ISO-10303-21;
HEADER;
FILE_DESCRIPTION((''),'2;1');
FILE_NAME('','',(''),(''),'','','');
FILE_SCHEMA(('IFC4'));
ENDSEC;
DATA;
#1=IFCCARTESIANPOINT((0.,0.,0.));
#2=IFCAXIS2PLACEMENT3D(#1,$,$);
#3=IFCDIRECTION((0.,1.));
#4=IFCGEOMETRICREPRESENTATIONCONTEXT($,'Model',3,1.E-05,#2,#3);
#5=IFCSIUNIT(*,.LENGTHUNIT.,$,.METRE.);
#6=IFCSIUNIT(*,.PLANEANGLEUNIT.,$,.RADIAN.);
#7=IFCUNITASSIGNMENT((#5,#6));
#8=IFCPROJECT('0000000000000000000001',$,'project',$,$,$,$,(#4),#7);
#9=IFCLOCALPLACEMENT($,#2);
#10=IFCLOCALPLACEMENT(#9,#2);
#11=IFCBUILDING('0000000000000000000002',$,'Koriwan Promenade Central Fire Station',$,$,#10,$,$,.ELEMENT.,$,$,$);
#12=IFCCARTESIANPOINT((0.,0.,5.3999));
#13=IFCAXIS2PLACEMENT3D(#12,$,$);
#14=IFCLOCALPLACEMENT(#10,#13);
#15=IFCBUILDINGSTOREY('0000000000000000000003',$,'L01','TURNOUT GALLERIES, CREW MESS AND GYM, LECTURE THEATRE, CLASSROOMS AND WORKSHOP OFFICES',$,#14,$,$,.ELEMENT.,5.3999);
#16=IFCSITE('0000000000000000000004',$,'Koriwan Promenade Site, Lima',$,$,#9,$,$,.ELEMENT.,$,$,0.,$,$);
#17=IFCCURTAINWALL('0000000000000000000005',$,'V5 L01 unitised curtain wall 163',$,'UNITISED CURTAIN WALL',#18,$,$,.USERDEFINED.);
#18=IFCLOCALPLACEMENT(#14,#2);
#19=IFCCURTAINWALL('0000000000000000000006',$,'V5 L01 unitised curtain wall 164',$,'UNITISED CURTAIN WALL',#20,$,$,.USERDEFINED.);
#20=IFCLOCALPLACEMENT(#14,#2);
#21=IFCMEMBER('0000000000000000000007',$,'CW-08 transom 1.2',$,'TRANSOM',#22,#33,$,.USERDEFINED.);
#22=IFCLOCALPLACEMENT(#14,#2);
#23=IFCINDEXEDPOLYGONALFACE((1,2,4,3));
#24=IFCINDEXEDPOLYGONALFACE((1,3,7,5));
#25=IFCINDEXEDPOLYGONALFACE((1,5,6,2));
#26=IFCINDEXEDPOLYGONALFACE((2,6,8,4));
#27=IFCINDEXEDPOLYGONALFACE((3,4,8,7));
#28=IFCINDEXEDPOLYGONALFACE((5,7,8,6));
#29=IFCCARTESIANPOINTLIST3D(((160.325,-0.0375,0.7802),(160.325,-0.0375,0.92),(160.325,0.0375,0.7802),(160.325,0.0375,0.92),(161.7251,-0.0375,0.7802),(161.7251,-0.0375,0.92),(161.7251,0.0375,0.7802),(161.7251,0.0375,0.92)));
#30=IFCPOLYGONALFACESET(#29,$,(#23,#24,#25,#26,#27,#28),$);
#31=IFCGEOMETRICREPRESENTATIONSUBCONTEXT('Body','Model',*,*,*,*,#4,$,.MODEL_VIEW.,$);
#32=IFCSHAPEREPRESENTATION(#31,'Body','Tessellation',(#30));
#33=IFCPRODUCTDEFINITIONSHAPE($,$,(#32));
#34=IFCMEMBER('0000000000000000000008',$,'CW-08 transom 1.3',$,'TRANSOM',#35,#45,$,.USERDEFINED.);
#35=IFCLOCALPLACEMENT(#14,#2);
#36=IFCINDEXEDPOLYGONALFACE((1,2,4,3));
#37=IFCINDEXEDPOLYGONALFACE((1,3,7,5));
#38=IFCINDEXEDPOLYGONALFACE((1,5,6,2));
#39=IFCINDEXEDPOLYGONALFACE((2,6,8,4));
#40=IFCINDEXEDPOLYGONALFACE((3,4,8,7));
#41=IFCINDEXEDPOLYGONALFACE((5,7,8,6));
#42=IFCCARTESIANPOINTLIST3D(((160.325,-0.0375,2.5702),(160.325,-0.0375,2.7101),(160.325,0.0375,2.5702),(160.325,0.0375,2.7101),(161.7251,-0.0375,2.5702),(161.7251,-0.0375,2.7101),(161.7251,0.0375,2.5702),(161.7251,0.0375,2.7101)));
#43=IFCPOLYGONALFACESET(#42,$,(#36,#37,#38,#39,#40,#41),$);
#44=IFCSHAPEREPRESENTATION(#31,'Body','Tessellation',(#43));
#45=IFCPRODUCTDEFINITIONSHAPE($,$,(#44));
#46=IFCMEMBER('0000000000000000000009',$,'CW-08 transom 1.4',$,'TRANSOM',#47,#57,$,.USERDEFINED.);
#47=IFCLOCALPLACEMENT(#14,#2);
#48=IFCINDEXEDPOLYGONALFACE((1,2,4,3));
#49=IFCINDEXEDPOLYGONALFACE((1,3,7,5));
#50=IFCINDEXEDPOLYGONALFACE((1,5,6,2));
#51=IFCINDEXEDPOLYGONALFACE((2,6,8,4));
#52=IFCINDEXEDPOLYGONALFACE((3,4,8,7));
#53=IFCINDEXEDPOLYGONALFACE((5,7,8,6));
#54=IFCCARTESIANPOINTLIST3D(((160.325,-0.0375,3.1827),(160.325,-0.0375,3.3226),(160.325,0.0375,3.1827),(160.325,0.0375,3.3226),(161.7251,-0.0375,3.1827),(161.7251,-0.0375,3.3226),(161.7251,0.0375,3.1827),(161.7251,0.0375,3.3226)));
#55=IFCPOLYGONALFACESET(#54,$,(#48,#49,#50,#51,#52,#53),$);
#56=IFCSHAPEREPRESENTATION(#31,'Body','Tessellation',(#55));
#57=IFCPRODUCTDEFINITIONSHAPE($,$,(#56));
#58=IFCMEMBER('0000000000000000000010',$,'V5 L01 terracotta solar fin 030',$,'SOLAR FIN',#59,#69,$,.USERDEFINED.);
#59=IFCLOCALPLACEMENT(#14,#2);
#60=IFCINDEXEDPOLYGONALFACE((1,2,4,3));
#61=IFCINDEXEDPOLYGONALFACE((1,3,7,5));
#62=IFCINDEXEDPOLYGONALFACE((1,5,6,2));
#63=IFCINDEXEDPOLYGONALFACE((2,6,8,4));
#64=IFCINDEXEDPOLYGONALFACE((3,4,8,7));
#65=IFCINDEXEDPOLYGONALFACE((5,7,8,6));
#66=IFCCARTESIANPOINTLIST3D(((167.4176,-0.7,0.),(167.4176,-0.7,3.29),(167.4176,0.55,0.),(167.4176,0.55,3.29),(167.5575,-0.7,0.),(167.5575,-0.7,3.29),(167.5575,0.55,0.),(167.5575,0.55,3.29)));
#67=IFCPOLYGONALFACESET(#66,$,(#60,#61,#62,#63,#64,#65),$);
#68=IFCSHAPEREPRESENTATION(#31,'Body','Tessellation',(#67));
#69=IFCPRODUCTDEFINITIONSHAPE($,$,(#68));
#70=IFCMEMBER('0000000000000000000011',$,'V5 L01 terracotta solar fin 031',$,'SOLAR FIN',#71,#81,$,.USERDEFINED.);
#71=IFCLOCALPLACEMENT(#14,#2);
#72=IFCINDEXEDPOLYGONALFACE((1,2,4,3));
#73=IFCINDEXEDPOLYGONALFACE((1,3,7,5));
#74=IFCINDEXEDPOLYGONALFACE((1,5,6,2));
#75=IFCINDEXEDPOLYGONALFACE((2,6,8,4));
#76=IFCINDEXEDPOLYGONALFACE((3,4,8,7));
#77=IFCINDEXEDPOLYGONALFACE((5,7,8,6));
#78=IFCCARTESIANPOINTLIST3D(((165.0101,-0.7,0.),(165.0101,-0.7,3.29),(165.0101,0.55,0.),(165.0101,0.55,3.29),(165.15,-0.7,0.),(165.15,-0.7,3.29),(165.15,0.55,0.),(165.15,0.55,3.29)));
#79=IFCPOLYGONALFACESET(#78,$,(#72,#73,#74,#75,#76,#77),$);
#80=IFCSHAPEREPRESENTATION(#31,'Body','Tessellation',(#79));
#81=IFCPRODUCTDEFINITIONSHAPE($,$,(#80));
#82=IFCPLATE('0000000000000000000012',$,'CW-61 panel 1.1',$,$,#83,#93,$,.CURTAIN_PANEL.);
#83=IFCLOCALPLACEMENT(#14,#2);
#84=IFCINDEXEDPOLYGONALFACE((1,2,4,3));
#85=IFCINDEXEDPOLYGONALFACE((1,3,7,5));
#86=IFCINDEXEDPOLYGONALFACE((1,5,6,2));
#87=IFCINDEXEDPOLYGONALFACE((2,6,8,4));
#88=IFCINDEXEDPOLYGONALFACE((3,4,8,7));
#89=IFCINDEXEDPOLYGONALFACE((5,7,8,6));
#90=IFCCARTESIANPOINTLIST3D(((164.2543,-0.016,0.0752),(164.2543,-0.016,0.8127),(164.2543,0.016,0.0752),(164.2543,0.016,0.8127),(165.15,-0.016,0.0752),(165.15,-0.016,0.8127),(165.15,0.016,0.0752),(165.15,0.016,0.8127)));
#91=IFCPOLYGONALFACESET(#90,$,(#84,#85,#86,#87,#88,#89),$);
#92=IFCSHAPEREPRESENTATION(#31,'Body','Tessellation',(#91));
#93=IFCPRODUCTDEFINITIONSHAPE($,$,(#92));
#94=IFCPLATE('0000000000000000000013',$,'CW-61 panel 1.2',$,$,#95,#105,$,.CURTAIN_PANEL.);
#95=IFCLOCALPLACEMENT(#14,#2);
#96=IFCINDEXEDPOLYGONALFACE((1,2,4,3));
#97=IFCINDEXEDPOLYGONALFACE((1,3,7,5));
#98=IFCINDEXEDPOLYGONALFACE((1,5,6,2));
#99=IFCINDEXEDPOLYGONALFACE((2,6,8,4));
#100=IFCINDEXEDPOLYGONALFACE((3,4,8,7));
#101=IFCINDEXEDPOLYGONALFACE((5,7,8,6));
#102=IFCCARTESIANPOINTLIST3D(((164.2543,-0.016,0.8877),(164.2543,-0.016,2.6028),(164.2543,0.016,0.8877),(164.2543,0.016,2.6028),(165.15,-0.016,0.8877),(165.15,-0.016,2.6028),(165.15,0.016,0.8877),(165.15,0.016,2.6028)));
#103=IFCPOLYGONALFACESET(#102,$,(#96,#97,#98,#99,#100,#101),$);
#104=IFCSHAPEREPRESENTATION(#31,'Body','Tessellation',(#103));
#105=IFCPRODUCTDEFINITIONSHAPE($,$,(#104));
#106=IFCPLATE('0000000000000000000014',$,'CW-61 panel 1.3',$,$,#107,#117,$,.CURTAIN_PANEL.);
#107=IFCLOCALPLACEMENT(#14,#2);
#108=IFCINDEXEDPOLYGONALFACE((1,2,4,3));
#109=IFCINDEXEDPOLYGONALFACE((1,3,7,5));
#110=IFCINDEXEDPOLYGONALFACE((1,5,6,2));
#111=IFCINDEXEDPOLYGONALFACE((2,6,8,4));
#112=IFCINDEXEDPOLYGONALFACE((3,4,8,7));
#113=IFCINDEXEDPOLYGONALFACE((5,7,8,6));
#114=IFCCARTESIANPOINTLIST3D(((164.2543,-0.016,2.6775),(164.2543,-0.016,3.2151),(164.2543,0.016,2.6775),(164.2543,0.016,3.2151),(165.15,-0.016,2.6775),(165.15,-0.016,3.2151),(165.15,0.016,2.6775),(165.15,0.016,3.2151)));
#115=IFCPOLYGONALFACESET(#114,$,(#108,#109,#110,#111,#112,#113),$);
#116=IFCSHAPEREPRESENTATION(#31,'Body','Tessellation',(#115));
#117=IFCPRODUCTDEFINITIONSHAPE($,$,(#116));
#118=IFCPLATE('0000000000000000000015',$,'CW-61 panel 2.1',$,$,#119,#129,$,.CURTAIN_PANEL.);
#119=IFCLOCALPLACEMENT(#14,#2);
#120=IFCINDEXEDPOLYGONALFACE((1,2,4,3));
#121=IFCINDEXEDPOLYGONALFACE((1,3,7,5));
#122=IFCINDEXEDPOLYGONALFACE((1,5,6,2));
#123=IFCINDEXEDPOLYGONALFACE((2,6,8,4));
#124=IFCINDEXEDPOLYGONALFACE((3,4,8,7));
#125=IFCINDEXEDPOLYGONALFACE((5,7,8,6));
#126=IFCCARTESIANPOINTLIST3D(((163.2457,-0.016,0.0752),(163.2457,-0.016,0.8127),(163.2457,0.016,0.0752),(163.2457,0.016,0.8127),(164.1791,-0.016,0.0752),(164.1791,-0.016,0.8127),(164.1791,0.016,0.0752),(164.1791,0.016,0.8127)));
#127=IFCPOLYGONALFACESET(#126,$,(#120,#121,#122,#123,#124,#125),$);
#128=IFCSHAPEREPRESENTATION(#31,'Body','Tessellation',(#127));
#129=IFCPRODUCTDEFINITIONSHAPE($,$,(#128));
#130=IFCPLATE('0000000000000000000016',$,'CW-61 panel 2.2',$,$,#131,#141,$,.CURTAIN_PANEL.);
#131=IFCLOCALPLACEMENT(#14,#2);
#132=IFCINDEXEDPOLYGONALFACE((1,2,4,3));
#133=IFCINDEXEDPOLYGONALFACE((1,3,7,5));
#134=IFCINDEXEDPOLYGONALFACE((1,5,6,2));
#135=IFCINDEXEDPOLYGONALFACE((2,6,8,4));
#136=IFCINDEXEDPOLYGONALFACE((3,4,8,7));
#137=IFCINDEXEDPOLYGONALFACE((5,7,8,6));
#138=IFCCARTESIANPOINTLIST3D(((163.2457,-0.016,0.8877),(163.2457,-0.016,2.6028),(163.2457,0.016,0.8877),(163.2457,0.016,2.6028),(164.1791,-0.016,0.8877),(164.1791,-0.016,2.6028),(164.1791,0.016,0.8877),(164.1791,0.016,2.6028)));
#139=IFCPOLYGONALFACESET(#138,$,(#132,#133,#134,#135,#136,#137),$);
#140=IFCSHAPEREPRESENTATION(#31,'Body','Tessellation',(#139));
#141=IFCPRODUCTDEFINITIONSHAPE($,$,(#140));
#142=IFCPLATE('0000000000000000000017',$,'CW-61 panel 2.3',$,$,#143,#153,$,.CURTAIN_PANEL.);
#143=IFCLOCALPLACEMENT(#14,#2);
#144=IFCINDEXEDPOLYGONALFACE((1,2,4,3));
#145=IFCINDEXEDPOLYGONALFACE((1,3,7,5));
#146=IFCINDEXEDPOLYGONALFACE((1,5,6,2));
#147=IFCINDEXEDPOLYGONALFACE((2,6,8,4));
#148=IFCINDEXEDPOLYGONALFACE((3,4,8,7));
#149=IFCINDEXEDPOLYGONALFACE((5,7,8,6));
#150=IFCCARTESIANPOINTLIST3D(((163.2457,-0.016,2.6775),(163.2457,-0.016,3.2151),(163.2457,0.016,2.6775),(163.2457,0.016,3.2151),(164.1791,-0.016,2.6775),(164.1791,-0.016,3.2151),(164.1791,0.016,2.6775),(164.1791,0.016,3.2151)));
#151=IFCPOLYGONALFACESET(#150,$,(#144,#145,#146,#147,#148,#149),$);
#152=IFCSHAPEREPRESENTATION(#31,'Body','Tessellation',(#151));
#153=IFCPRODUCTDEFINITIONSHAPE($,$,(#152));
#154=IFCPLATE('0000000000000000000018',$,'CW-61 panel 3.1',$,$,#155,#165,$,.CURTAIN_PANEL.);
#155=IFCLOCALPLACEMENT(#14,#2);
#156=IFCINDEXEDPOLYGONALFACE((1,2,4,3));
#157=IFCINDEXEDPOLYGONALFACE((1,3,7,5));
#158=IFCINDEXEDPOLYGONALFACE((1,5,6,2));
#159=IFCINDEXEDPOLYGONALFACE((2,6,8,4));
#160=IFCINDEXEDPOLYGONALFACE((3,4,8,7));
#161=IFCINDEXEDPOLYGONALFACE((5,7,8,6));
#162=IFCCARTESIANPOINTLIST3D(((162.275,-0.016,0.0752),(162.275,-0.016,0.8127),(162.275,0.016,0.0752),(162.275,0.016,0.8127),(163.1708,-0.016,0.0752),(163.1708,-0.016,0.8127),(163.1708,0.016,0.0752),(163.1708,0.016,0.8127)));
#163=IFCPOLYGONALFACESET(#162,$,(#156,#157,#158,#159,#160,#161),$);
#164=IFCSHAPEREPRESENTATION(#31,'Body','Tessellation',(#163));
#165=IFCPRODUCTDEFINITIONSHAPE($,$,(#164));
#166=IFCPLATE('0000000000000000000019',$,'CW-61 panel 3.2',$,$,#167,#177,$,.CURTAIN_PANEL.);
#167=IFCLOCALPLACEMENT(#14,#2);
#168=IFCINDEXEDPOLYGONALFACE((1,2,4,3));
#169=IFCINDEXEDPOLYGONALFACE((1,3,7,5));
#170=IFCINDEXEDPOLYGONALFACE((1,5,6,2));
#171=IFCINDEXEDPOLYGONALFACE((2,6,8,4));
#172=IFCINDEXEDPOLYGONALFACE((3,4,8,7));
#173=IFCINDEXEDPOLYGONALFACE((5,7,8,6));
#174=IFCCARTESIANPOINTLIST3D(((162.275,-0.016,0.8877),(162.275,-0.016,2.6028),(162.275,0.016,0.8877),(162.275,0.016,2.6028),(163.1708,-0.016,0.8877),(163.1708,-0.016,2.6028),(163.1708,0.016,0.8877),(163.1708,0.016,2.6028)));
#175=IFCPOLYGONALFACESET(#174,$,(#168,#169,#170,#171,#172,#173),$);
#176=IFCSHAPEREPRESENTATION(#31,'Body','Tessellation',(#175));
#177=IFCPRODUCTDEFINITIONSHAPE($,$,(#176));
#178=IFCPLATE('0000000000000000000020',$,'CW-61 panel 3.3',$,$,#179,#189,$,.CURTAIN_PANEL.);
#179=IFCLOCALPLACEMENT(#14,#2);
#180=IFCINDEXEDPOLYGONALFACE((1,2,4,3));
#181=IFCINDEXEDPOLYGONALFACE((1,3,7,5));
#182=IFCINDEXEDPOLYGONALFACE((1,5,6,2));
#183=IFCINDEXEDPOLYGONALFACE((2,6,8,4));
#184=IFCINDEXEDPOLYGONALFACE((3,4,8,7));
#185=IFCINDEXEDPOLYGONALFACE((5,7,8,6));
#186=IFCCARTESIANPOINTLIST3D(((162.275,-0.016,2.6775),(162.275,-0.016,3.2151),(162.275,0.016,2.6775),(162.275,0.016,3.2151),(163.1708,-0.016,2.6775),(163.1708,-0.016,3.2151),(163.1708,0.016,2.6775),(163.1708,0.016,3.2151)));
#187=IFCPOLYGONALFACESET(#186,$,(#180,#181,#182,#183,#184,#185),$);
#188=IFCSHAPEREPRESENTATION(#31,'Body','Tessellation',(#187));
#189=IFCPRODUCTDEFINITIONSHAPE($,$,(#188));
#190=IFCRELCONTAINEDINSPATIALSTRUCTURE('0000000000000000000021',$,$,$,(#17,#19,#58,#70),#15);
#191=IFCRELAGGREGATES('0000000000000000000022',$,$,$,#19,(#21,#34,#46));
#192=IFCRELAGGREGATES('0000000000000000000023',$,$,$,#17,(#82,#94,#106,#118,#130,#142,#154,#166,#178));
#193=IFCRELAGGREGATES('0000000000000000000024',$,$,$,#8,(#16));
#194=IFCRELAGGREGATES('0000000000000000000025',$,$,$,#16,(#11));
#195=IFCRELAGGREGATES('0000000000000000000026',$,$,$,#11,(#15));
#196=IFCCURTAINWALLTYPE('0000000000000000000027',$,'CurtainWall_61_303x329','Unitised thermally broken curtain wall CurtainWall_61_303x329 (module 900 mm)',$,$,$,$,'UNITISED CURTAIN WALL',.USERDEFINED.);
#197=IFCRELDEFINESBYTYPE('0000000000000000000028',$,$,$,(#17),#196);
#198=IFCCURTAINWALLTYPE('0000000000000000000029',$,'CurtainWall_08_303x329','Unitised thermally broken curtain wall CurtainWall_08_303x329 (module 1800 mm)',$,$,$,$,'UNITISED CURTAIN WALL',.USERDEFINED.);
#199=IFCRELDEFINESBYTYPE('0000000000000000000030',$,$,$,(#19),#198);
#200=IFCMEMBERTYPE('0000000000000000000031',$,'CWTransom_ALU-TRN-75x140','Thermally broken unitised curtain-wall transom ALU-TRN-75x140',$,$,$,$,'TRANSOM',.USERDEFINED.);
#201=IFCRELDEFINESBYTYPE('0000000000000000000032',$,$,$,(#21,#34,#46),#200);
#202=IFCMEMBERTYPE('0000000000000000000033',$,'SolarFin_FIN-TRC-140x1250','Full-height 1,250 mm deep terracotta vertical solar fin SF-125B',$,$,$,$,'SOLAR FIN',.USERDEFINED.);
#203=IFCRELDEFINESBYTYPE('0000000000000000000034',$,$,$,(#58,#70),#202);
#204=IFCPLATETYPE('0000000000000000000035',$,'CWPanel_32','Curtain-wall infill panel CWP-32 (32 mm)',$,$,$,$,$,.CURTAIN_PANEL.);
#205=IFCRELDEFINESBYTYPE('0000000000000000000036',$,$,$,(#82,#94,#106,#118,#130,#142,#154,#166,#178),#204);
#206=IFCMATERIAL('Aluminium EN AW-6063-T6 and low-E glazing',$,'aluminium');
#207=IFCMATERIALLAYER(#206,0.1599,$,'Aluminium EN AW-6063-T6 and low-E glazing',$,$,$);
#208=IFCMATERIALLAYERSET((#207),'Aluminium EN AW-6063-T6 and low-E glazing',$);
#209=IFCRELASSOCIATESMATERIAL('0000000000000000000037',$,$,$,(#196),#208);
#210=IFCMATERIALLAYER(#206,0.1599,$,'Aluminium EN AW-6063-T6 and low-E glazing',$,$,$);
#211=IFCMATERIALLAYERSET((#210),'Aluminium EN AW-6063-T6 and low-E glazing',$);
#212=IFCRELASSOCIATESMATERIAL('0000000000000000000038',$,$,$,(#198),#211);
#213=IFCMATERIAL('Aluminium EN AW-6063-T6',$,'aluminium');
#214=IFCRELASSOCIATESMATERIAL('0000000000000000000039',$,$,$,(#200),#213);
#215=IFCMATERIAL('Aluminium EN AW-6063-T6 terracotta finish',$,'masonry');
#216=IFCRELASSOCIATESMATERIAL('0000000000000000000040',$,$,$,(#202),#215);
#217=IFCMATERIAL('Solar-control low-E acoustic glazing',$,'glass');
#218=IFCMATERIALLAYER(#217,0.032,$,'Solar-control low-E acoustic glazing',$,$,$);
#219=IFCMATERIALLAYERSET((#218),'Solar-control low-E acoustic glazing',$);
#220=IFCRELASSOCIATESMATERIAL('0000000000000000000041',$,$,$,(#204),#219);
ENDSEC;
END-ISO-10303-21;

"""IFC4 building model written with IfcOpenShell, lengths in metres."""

from ifc_helpers import new_model, si_unit, direction, frame, origin, origin_2d, place, context, subcontext, project, spatial, rectangle, extrude, material, layer, layer_set, material_profile, profile_set, type_object, element, aggregate, save


model = new_model("IFC4")

# Units and contexts
model_context = context("Model", 3, precision=1e-05, world=origin(), true_north=direction((0.0, 1.0)))
body_context = subcontext(model_context, "Body", "Model", "MODEL_VIEW")
ifc_project = project(units=[si_unit("LENGTHUNIT", "METRE"), si_unit("PLANEANGLEUNIT", "RADIAN")], contexts=[model_context])

# Site, building, storey
site_placement = place(None, origin())
site = spatial("IfcSite", under=ifc_project, at=site_placement, Name="Koriwan Promenade Site, Lima", CompositionType="ELEMENT", RefElevation=0.0)
building_placement = place(site_placement, origin())
building = spatial("IfcBuilding", under=site, at=building_placement, Name="Koriwan Promenade Central Fire Station", CompositionType="ELEMENT")
storey_placement = place(building_placement, frame((0.0, 0.0, 5.3999)))
storey = spatial("IfcBuildingStorey", under=building, at=storey_placement, Name="L01", Description="TURNOUT GALLERIES, CREW MESS AND GYM, LECTURE THEATRE, CLASSROOMS AND WORKSHOP OFFICES", CompositionType="ELEMENT", Elevation=5.3999)

# Curtain wall
ifc_material_1 = material(Name="Aluminium EN AW-6063-T6 and low-E glazing", Category="aluminium")
ifc_layer_1 = layer(ifc_material_1, 0.1599, Name="Aluminium EN AW-6063-T6 and low-E glazing")
ifc_layer_set_1 = layer_set([ifc_layer_1], Name="Aluminium EN AW-6063-T6 and low-E glazing")
curtain_wall_type_1 = type_object("IfcCurtainWallType", Name="CurtainWall_61_303x329", Description="Unitised thermally broken curtain wall CurtainWall_61_303x329 (module 900 mm)", ElementType="UNITISED CURTAIN WALL", PredefinedType="USERDEFINED", material=ifc_layer_set_1)
curtain_wall_1_placement = place(storey_placement, origin())
curtain_wall_1 = element("IfcCurtainWall", 1, at=curtain_wall_1_placement, inside=storey, type_object=curtain_wall_type_1, Name="V5 L01 unitised curtain wall 163", ObjectType="UNITISED CURTAIN WALL", PredefinedType="USERDEFINED")
ifc_material_2 = material(Name="Aluminium EN AW-6063-T6", Category="aluminium")

# Curtain wall
ifc_layer_2 = layer(ifc_material_1, 0.1599, Name="Aluminium EN AW-6063-T6 and low-E glazing")
ifc_layer_set_2 = layer_set([ifc_layer_2], Name="Aluminium EN AW-6063-T6 and low-E glazing")
curtain_wall_type_2 = type_object("IfcCurtainWallType", Name="CurtainWall_08_303x329", Description="Unitised thermally broken curtain wall CurtainWall_08_303x329 (module 1800 mm)", ElementType="UNITISED CURTAIN WALL", PredefinedType="USERDEFINED", material=ifc_layer_set_2)
curtain_wall_2_placement = place(storey_placement, origin())
curtain_wall_2 = element("IfcCurtainWall", 2, at=curtain_wall_2_placement, inside=storey, type_object=curtain_wall_type_2, Name="V5 L01 unitised curtain wall 164", ObjectType="UNITISED CURTAIN WALL", PredefinedType="USERDEFINED")

# Members
ifc_material_profile_1 = material_profile(ifc_material_2, rectangle(XDim=0.075, YDim=0.1399, at=origin_2d()), Name="ALU-TRN-75x140")
ifc_profile_set_1 = profile_set([ifc_material_profile_1], Name="Aluminium EN AW-6063-T6")
member_type_1 = type_object("IfcMemberType", Name="CWTransom_ALU-TRN-75x140", Description="Thermally broken unitised curtain-wall transom ALU-TRN-75x140", ElementType="TRANSOM", PredefinedType="USERDEFINED", material=ifc_profile_set_1)
member_1_placement = place(storey_placement, frame((161.7251, 0.0, 0.8501), z_axis=(-1.0, 0.0, 0.0), x_axis=(0.0, -1.0, 0.0)))
member_1 = element("IfcMember", 3, at=member_1_placement, type_object=member_type_1, Name="CW-08 transom 1.2", ObjectType="TRANSOM", PredefinedType="USERDEFINED", context=body_context, shape_type="SweptSolid", body=[
    extrude(rectangle(XDim=0.075, YDim=0.1399, at=origin_2d()), origin(), (0.0, 0.0, 1.0), 1.4001),
])
member_2_placement = place(storey_placement, frame((161.7251, 0.0, 2.6401), z_axis=(-1.0, 0.0, 0.0), x_axis=(0.0, -1.0, 0.0)))
member_2 = element("IfcMember", 4, at=member_2_placement, type_object=member_type_1, Name="CW-08 transom 1.3", ObjectType="TRANSOM", PredefinedType="USERDEFINED", context=body_context, shape_type="SweptSolid", body=[
    extrude(rectangle(XDim=0.075, YDim=0.1399, at=origin_2d()), origin(), (0.0, 0.0, 1.0), 1.4001),
])
member_3_placement = place(storey_placement, frame((161.7251, 0.0, 3.2527), z_axis=(-1.0, 0.0, 0.0), x_axis=(0.0, -1.0, 0.0)))
member_3 = element("IfcMember", 5, at=member_3_placement, type_object=member_type_1, Name="CW-08 transom 1.4", ObjectType="TRANSOM", PredefinedType="USERDEFINED", context=body_context, shape_type="SweptSolid", body=[
    extrude(rectangle(XDim=0.075, YDim=0.1399, at=origin_2d()), origin(), (0.0, 0.0, 1.0), 1.4001),
])
aggregate(curtain_wall_2, [member_1, member_2, member_3])

# Members
ifc_material_3 = material(Name="Aluminium EN AW-6063-T6 terracotta finish", Category="masonry")
ifc_material_profile_2 = material_profile(ifc_material_3, rectangle(XDim=0.1399, YDim=1.25, at=origin_2d()), Name="FIN-TRC-140x1250")
ifc_profile_set_2 = profile_set([ifc_material_profile_2], Name="Aluminium EN AW-6063-T6 terracotta finish")
member_type_2 = type_object("IfcMemberType", Name="SolarFin_FIN-TRC-140x1250", Description="Full-height 1,250 mm deep terracotta vertical solar fin SF-125B", ElementType="SOLAR FIN", PredefinedType="USERDEFINED", material=ifc_profile_set_2)
for number, where, z_axis, x_axis, name in (
    (6, (167.4875, -0.075, 0.0), (0.0, 0.0, 1.0), (-1.0, 0.0, 0.0), "V5 L01 terracotta solar fin 030"),
    (7, (165.0801, -0.075, 0.0), (0.0, 0.0, 1.0), (-1.0, 0.0, 0.0), "V5 L01 terracotta solar fin 031"),
):
    element("IfcMember", number, at=place(storey_placement, frame(where, z_axis=z_axis, x_axis=x_axis)), inside=storey, type_object=member_type_2, Name=name, ObjectType="SOLAR FIN", PredefinedType="USERDEFINED", context=body_context, shape_type="SweptSolid", body=[
        extrude(rectangle(XDim=0.1399, YDim=1.25, at=origin_2d()), origin(), (0.0, 0.0, 1.0), 3.29),
    ])

# Plates
ifc_material_4 = material(Name="Solar-control low-E acoustic glazing", Category="glass")
ifc_layer_3 = layer(ifc_material_4, 0.032, Name="Solar-control low-E acoustic glazing")
ifc_layer_set_3 = layer_set([ifc_layer_3], Name="Solar-control low-E acoustic glazing")
plate_type = type_object("IfcPlateType", Name="CWPanel_32", Description="Curtain-wall infill panel CWP-32 (32 mm)", PredefinedType="CURTAIN_PANEL", material=ifc_layer_set_3)
plate_1_placement = place(storey_placement, frame((164.7021, 0.0, 0.0752), z_axis=(0.0, 0.0, 1.0), x_axis=(-1.0, 0.0, 0.0)))
plate_1 = element("IfcPlate", 8, at=plate_1_placement, type_object=plate_type, Name="CW-61 panel 1.1", PredefinedType="CURTAIN_PANEL", context=body_context, shape_type="SweptSolid", body=[
    extrude(rectangle(XDim=0.8958, YDim=0.032, at=origin_2d()), origin(), (0.0, 0.0, 1.0), 0.7375),
])
plate_2_placement = place(storey_placement, frame((164.7021, 0.0, 0.8877), z_axis=(0.0, 0.0, 1.0), x_axis=(-1.0, 0.0, 0.0)))
plate_2 = element("IfcPlate", 9, at=plate_2_placement, type_object=plate_type, Name="CW-61 panel 1.2", PredefinedType="CURTAIN_PANEL", context=body_context, shape_type="SweptSolid", body=[
    extrude(rectangle(XDim=0.8958, YDim=0.032, at=origin_2d()), origin(), (0.0, 0.0, 1.0), 1.7151),
])
plate_3_placement = place(storey_placement, frame((164.7021, 0.0, 2.6775), z_axis=(0.0, 0.0, 1.0), x_axis=(-1.0, 0.0, 0.0)))
plate_3 = element("IfcPlate", 10, at=plate_3_placement, type_object=plate_type, Name="CW-61 panel 1.3", PredefinedType="CURTAIN_PANEL", context=body_context, shape_type="SweptSolid", body=[
    extrude(rectangle(XDim=0.8958, YDim=0.032, at=origin_2d()), origin(), (0.0, 0.0, 1.0), 0.5376),
])
plate_4_placement = place(storey_placement, frame((163.7124, 0.0, 0.0752), z_axis=(0.0, 0.0, 1.0), x_axis=(-1.0, 0.0, 0.0)))
plate_4 = element("IfcPlate", 11, at=plate_4_placement, type_object=plate_type, Name="CW-61 panel 2.1", PredefinedType="CURTAIN_PANEL", context=body_context, shape_type="SweptSolid", body=[
    extrude(rectangle(XDim=0.9333, YDim=0.032, at=origin_2d()), origin(), (0.0, 0.0, 1.0), 0.7375),
])
plate_5_placement = place(storey_placement, frame((163.7124, 0.0, 0.8877), z_axis=(0.0, 0.0, 1.0), x_axis=(-1.0, 0.0, 0.0)))
plate_5 = element("IfcPlate", 12, at=plate_5_placement, type_object=plate_type, Name="CW-61 panel 2.2", PredefinedType="CURTAIN_PANEL", context=body_context, shape_type="SweptSolid", body=[
    extrude(rectangle(XDim=0.9333, YDim=0.032, at=origin_2d()), origin(), (0.0, 0.0, 1.0), 1.7151),
])
plate_6_placement = place(storey_placement, frame((163.7124, 0.0, 2.6775), z_axis=(0.0, 0.0, 1.0), x_axis=(-1.0, 0.0, 0.0)))
plate_6 = element("IfcPlate", 13, at=plate_6_placement, type_object=plate_type, Name="CW-61 panel 2.3", PredefinedType="CURTAIN_PANEL", context=body_context, shape_type="SweptSolid", body=[
    extrude(rectangle(XDim=0.9333, YDim=0.032, at=origin_2d()), origin(), (0.0, 0.0, 1.0), 0.5376),
])
plate_7_placement = place(storey_placement, frame((162.7229, 0.0, 0.0752), z_axis=(0.0, 0.0, 1.0), x_axis=(-1.0, 0.0, 0.0)))
plate_7 = element("IfcPlate", 14, at=plate_7_placement, type_object=plate_type, Name="CW-61 panel 3.1", PredefinedType="CURTAIN_PANEL", context=body_context, shape_type="SweptSolid", body=[
    extrude(rectangle(XDim=0.8958, YDim=0.032, at=origin_2d()), origin(), (0.0, 0.0, 1.0), 0.7375),
])
plate_8_placement = place(storey_placement, frame((162.7229, 0.0, 0.8877), z_axis=(0.0, 0.0, 1.0), x_axis=(-1.0, 0.0, 0.0)))
plate_8 = element("IfcPlate", 15, at=plate_8_placement, type_object=plate_type, Name="CW-61 panel 3.2", PredefinedType="CURTAIN_PANEL", context=body_context, shape_type="SweptSolid", body=[
    extrude(rectangle(XDim=0.8958, YDim=0.032, at=origin_2d()), origin(), (0.0, 0.0, 1.0), 1.7151),
])
plate_9_placement = place(storey_placement, frame((162.7229, 0.0, 2.6775), z_axis=(0.0, 0.0, 1.0), x_axis=(-1.0, 0.0, 0.0)))
plate_9 = element("IfcPlate", 16, at=plate_9_placement, type_object=plate_type, Name="CW-61 panel 3.3", PredefinedType="CURTAIN_PANEL", context=body_context, shape_type="SweptSolid", body=[
    extrude(rectangle(XDim=0.8958, YDim=0.032, at=origin_2d()), origin(), (0.0, 0.0, 1.0), 0.5376),
])
aggregate(curtain_wall_1, [plate_1, plate_2, plate_3, plate_4, plate_5, plate_6, plate_7, plate_8, plate_9])

save(model, "model.ifc")
